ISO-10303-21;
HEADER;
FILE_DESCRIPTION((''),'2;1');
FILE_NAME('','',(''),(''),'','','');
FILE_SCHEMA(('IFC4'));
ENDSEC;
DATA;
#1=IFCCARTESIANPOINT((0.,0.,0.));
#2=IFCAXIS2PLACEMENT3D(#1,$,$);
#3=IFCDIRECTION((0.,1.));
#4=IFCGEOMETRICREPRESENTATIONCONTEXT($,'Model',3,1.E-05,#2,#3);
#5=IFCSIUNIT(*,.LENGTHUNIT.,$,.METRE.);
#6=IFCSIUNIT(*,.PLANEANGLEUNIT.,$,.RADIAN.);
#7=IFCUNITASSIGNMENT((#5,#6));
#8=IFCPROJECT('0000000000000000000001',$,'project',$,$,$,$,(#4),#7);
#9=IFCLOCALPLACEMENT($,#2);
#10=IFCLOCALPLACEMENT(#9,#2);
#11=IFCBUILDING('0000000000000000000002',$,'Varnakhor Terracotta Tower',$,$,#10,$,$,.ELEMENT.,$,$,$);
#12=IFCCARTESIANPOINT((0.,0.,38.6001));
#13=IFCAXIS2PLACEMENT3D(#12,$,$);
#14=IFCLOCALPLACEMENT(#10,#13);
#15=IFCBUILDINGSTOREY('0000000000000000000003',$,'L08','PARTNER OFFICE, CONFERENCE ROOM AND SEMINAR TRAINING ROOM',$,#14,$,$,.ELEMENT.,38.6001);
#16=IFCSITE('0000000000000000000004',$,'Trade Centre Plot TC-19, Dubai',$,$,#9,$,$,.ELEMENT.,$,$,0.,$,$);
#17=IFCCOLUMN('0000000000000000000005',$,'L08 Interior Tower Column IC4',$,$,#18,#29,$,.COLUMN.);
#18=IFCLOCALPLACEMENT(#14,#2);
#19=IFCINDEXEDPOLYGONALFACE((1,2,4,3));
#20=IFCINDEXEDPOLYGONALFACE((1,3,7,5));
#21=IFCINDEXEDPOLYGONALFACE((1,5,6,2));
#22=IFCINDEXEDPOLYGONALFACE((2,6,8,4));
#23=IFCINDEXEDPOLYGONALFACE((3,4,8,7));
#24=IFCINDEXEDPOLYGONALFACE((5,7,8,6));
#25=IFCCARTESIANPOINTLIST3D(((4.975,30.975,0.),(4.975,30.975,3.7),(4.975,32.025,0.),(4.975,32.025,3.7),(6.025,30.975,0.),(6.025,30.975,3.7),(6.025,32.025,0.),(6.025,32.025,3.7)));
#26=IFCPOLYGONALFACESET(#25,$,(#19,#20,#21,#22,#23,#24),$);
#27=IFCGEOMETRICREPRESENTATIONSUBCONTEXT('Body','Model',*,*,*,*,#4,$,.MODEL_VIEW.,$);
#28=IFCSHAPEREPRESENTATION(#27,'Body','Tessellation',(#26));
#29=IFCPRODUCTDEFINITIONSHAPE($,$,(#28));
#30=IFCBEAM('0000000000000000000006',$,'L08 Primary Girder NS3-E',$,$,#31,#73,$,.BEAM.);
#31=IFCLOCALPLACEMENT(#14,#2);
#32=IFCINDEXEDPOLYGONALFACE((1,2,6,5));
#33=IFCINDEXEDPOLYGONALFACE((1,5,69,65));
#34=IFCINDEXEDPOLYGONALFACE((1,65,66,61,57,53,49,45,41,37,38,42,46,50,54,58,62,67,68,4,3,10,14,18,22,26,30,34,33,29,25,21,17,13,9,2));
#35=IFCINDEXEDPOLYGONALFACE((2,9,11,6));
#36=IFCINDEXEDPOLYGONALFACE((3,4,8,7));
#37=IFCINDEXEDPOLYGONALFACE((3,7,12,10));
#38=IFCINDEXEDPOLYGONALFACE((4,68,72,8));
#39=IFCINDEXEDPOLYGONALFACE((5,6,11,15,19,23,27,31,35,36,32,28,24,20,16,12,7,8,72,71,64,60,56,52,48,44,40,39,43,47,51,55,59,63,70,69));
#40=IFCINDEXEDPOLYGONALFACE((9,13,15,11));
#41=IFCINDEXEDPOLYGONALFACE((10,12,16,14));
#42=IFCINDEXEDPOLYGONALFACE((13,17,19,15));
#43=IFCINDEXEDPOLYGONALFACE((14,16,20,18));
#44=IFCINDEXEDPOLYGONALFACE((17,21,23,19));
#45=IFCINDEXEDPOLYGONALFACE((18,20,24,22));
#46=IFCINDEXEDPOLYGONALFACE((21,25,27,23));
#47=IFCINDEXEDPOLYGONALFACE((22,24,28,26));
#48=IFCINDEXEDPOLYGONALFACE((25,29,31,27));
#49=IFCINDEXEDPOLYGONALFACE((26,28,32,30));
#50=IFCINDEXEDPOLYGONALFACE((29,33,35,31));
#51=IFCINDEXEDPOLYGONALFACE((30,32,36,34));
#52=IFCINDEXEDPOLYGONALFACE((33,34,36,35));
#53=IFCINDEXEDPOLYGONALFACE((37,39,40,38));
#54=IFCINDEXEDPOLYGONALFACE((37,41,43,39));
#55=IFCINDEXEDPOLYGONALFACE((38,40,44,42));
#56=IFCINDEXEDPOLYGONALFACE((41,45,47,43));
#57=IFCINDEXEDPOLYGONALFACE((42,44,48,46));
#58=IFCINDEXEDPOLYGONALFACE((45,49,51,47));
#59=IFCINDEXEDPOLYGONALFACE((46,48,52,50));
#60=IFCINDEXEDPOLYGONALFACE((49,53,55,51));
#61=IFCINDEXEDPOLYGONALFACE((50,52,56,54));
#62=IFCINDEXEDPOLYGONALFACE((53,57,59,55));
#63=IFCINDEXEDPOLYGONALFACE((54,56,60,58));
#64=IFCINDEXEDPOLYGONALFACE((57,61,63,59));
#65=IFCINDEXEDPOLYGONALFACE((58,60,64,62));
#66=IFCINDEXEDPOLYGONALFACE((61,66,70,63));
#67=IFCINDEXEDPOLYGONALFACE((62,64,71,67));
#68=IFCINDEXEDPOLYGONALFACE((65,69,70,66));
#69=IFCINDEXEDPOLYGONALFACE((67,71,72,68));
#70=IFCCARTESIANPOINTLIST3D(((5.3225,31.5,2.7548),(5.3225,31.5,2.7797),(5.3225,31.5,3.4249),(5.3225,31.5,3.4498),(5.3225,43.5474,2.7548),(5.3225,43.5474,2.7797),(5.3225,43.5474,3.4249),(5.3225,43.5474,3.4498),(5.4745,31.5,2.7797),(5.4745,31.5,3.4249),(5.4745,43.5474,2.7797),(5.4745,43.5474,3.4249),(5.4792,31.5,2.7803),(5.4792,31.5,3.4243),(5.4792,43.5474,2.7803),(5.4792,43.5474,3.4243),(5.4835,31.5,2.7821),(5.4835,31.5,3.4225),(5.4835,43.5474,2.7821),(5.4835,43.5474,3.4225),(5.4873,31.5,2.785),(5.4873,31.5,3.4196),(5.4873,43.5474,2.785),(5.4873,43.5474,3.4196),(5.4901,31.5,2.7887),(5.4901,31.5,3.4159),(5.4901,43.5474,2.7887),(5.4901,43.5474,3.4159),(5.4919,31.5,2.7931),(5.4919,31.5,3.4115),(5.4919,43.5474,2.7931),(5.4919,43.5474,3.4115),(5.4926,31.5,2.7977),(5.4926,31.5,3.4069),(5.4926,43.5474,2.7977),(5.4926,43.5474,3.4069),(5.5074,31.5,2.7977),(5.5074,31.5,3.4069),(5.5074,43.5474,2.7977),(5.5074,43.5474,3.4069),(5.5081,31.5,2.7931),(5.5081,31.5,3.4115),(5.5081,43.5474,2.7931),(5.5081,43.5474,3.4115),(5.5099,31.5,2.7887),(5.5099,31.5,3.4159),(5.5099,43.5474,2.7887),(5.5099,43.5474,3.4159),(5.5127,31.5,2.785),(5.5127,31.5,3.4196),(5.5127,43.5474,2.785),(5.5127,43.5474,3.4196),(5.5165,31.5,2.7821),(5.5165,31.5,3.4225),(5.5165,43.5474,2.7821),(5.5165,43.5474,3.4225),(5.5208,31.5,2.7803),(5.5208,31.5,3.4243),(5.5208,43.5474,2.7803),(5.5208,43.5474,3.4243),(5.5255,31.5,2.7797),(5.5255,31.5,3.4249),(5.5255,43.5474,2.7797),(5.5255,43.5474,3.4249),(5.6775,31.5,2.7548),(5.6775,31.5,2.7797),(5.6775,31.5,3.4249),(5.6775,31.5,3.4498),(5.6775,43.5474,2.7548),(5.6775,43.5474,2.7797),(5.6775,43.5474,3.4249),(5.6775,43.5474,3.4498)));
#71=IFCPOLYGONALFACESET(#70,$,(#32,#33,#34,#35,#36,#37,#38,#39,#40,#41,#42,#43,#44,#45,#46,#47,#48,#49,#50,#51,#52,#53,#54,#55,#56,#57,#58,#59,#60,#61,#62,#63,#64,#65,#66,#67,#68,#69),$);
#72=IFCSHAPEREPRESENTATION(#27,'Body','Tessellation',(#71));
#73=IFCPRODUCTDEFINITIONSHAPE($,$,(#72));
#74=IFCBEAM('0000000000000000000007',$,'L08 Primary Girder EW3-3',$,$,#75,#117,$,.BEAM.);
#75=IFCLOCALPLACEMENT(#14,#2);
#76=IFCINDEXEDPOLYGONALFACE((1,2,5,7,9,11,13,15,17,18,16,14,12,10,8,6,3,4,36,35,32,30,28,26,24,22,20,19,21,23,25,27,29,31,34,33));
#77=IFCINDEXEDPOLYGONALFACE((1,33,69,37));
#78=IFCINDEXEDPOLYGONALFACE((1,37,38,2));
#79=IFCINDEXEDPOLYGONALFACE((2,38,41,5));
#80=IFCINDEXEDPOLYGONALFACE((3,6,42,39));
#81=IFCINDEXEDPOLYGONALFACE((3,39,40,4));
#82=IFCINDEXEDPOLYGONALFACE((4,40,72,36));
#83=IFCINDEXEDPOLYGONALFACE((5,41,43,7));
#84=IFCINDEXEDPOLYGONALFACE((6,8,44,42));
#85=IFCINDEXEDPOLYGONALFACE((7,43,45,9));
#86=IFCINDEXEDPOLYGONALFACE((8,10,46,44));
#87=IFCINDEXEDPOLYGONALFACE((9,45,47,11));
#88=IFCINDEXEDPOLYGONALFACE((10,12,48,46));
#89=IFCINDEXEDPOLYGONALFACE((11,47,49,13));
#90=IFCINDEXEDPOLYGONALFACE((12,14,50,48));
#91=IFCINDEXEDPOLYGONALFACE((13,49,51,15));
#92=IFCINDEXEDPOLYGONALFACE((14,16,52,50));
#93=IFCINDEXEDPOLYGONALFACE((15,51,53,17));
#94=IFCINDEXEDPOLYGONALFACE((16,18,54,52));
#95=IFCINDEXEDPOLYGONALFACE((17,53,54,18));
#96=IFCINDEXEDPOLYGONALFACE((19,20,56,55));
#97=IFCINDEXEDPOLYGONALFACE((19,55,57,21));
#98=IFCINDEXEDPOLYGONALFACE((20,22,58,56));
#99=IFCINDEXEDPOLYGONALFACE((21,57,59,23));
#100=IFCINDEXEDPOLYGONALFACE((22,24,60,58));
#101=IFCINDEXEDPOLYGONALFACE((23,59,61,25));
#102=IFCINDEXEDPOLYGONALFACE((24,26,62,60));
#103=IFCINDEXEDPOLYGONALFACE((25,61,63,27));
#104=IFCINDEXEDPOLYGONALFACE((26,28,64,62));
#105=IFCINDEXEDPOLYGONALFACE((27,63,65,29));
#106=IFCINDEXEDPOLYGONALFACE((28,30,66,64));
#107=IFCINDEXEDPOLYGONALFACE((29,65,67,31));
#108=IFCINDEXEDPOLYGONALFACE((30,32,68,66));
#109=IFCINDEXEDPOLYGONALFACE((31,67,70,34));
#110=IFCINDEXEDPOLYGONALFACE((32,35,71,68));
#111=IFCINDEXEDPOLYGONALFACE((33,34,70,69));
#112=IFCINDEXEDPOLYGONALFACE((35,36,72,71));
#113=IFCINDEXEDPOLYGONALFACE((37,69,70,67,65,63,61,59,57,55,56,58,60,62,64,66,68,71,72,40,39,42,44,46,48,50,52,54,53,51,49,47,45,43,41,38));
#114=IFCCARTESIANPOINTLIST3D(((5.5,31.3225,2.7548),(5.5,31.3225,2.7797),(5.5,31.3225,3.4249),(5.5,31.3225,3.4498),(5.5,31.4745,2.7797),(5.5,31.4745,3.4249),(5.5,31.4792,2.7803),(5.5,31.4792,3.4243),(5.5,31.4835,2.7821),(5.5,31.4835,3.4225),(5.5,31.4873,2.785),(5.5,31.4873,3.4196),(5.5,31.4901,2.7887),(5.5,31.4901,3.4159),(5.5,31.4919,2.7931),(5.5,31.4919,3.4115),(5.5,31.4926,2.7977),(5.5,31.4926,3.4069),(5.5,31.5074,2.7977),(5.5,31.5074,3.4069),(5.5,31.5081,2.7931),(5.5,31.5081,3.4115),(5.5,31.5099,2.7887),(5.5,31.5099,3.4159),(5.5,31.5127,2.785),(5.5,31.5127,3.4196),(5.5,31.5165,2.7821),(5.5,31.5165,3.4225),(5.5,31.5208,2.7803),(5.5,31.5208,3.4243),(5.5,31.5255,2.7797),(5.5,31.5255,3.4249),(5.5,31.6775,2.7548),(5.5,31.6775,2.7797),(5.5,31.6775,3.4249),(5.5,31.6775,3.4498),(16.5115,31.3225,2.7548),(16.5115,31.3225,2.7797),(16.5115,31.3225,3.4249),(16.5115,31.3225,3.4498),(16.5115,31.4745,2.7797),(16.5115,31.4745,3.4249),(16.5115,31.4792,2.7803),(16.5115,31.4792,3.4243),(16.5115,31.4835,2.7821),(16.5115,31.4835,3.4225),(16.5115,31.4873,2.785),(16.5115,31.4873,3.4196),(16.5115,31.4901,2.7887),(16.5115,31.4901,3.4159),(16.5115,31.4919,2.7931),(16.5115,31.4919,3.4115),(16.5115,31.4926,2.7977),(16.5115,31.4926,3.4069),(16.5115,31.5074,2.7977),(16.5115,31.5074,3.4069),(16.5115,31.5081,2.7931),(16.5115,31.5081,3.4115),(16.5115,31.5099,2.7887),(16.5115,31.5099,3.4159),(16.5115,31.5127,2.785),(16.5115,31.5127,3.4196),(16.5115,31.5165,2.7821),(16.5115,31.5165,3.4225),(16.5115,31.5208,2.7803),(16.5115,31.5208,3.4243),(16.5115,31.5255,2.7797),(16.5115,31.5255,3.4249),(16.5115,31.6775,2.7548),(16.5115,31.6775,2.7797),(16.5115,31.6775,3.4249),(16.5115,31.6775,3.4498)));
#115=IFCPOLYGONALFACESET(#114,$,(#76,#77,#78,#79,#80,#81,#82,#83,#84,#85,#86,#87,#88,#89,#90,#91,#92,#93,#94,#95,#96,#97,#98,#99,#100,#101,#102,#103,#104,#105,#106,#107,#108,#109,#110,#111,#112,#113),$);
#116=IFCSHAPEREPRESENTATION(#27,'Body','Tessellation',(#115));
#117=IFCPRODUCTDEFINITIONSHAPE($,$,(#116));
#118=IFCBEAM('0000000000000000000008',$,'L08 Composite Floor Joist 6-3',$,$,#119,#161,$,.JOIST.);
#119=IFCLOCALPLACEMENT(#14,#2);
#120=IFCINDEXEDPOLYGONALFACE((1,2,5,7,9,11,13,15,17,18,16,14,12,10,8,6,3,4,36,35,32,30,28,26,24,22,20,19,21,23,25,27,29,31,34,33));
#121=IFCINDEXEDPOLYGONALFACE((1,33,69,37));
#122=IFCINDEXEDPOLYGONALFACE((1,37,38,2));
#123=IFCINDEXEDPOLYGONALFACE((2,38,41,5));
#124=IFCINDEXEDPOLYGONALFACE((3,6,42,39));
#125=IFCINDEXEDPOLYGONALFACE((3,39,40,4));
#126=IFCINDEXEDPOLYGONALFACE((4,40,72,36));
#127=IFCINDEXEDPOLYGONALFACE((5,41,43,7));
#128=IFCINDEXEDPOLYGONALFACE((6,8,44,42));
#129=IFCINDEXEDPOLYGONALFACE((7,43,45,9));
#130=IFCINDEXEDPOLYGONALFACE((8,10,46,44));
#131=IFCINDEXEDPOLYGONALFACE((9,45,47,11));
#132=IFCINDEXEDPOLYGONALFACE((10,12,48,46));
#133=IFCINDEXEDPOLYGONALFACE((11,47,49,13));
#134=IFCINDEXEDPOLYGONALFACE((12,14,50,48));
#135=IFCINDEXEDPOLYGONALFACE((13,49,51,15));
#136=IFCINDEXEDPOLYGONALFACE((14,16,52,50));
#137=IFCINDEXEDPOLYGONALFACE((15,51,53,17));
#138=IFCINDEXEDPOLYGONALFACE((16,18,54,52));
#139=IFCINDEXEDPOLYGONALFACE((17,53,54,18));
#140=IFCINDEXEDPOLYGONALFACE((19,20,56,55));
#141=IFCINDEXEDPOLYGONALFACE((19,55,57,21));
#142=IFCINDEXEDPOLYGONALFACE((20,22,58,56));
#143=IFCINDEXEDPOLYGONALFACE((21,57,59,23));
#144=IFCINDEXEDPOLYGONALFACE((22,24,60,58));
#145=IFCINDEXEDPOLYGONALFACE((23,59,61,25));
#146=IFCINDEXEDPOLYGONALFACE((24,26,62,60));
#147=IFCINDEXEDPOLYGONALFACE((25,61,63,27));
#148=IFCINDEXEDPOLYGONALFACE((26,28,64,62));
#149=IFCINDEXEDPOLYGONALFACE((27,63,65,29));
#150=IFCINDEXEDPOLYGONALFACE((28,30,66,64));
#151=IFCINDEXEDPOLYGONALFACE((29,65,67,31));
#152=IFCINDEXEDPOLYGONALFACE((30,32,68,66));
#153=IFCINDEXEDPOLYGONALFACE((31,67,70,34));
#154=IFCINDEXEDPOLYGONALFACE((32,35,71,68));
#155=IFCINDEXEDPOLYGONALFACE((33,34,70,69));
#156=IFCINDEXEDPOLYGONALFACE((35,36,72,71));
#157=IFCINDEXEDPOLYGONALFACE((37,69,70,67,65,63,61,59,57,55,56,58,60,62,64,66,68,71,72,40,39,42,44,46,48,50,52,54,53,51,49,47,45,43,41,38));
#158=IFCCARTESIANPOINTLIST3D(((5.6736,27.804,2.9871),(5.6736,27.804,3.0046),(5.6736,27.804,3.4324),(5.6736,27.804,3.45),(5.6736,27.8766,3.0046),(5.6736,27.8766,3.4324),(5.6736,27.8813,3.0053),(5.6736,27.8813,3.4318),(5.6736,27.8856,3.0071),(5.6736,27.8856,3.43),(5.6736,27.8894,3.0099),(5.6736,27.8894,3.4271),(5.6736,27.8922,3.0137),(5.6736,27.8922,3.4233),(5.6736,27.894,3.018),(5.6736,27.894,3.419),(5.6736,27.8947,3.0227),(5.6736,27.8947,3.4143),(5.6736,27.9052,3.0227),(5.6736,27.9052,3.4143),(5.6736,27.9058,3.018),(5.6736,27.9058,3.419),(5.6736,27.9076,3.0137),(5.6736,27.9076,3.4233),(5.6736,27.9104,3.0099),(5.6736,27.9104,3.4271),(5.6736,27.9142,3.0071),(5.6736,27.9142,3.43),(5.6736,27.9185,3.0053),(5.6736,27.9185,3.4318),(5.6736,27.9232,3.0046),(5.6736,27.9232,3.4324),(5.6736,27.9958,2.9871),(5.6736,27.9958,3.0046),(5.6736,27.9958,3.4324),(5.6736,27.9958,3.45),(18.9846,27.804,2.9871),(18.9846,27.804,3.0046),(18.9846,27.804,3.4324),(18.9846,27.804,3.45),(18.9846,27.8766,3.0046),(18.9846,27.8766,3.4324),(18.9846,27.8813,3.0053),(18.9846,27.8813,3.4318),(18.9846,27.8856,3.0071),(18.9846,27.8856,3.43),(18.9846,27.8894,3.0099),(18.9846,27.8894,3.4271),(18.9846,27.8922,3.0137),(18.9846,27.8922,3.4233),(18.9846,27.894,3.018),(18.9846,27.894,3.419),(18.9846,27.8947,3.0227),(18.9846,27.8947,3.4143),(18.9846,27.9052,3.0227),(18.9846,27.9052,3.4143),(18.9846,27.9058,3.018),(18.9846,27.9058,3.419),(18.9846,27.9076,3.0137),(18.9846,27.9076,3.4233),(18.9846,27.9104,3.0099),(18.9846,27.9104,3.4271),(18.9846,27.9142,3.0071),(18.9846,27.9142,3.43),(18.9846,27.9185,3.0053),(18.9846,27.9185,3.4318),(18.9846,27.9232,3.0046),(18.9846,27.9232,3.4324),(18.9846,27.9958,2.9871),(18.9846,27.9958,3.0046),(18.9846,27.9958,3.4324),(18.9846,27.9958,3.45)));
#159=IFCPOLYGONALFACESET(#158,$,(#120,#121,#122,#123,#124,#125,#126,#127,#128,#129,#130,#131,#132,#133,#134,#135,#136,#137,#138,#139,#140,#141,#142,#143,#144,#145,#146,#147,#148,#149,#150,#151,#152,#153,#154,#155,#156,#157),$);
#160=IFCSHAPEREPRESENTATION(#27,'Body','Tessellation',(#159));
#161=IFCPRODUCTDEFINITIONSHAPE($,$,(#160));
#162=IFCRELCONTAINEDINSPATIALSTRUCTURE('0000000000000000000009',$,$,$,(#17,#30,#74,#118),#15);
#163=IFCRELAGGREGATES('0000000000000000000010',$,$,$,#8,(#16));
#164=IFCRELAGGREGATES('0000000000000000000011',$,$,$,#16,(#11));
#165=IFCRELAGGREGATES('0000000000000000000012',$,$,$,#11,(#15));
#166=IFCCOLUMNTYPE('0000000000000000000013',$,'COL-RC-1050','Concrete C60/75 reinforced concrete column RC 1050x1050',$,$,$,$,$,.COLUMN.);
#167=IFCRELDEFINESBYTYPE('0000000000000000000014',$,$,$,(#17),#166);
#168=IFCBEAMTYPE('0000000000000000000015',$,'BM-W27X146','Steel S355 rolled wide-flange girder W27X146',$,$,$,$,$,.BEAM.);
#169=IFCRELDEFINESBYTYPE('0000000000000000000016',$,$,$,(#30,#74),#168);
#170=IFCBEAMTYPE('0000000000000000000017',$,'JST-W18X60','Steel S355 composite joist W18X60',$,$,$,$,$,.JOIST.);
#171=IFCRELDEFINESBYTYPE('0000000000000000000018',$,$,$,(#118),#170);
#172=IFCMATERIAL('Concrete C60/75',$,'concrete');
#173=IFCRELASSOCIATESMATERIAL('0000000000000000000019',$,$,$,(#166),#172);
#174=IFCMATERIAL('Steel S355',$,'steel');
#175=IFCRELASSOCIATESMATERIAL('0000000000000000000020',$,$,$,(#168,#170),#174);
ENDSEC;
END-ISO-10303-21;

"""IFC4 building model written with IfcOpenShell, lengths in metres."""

from ifc_helpers import new_model, si_unit, direction, frame, origin, origin_2d, place, context, subcontext, project, spatial, rectangle, i_section, extrude, source, transform, mapped, material, material_profile, profile_set, type_object, element, save


model = new_model("IFC4")

# Units and contexts
model_context = context("Model", 3, precision=1e-05, world=origin(), true_north=direction((0.0, 1.0)))
body_context = subcontext(model_context, "Body", "Model", "MODEL_VIEW")
ifc_project = project(units=[si_unit("LENGTHUNIT", "METRE"), si_unit("PLANEANGLEUNIT", "RADIAN")], contexts=[model_context])

# Site, building, storey
site_placement = place(None, origin())
site = spatial("IfcSite", under=ifc_project, at=site_placement, Name="Trade Centre Plot TC-19, Dubai", CompositionType="ELEMENT", RefElevation=0.0)
building_placement = place(site_placement, origin())
building = spatial("IfcBuilding", under=site, at=building_placement, Name="Varnakhor Terracotta Tower", CompositionType="ELEMENT")
storey_placement = place(building_placement, frame((0.0, 0.0, 38.6001)))
storey = spatial("IfcBuildingStorey", under=building, at=storey_placement, Name="L08", Description="PARTNER OFFICE, CONFERENCE ROOM AND SEMINAR TRAINING ROOM", CompositionType="ELEMENT", Elevation=38.6001)

# Column
ifc_material_1 = material(Name="Concrete C60/75", Category="concrete")
ifc_material_profile_1 = material_profile(ifc_material_1, rectangle(XDim=1.05, YDim=1.05, at=origin_2d()), Name="RC 1050x1050")
ifc_profile_set_1 = profile_set([ifc_material_profile_1], Name="Concrete C60/75")
column_type = type_object("IfcColumnType", Name="COL-RC-1050", Description="Concrete C60/75 reinforced concrete column RC 1050x1050", PredefinedType="COLUMN", material=ifc_profile_set_1)
shared_shape_1 = source(origin(), body_context, "Body", "SweptSolid", [
    extrude(rectangle(XDim=1.05, YDim=1.05, at=origin_2d()), origin(), (0.0, 0.0, 1.0), 3.7),
])
column_placement = place(storey_placement, frame((5.5, 31.5, 0.0), z_axis=(0.0, 0.0, 1.0), x_axis=(1.0, 0.0, 0.0)))
element("IfcColumn", 1, at=column_placement, inside=storey, type_object=column_type, Name="L08 Interior Tower Column IC4", PredefinedType="COLUMN", context=body_context, shape_type="MappedRepresentation", body=[
    mapped(shared_shape_1, transform((0.0, 0.0, 0.0), scale=1.0)),
])

# Beams
ifc_material_2 = material(Name="Steel S355", Category="steel")
ifc_material_profile_2 = material_profile(ifc_material_2, i_section(OverallWidth=0.355, OverallDepth=0.6951, WebThickness=0.0149, FlangeThickness=0.0249, FilletRadius=0.0181, at=origin_2d()), Name="W27X146")
ifc_profile_set_2 = profile_set([ifc_material_profile_2], Name="Steel S355")
beam_type_1 = type_object("IfcBeamType", Name="BM-W27X146", Description="Steel S355 rolled wide-flange girder W27X146", PredefinedType="BEAM", material=ifc_profile_set_2)
shared_shape_2 = source(origin(), body_context, "Body", "SweptSolid", [
    extrude(i_section(OverallWidth=0.355, OverallDepth=0.6951, WebThickness=0.0149, FlangeThickness=0.0249, FilletRadius=0.0181, at=origin_2d()), origin(), (0.0, 0.0, 1.0), 12.0474),
])
beam_1_placement = place(storey_placement, frame((5.5, 31.5, 3.1023), z_axis=(0.0, 1.0, 0.0), x_axis=(-1.0, 0.0, 0.0)))
element("IfcBeam", 2, at=beam_1_placement, inside=storey, type_object=beam_type_1, Name="L08 Primary Girder NS3-E", PredefinedType="BEAM", context=body_context, shape_type="MappedRepresentation", body=[
    mapped(shared_shape_2, transform((0.0, 0.0, 0.0), scale=1.0)),
])
shared_shape_3 = source(origin(), body_context, "Body", "SweptSolid", [
    extrude(i_section(OverallWidth=0.355, OverallDepth=0.6951, WebThickness=0.0149, FlangeThickness=0.0249, FilletRadius=0.0181, at=origin_2d()), origin(), (0.0, 0.0, 1.0), 11.0115),
])
beam_2_placement = place(storey_placement, frame((5.5, 31.5, 3.1023), z_axis=(1.0, 0.0, 0.0), x_axis=(0.0, 1.0, 0.0)))
element("IfcBeam", 3, at=beam_2_placement, inside=storey, type_object=beam_type_1, Name="L08 Primary Girder EW3-3", PredefinedType="BEAM", context=body_context, shape_type="MappedRepresentation", body=[
    mapped(shared_shape_3, transform((0.0, 0.0, 0.0), scale=1.0)),
])
ifc_material_profile_3 = material_profile(ifc_material_2, i_section(OverallWidth=0.1919, OverallDepth=0.4629, WebThickness=0.0105, FlangeThickness=0.0176, FilletRadius=0.0181, at=origin_2d()), Name="W18X60")
ifc_profile_set_3 = profile_set([ifc_material_profile_3], Name="Steel S355")
beam_type_2 = type_object("IfcBeamType", Name="JST-W18X60", Description="Steel S355 composite joist W18X60", PredefinedType="JOIST", material=ifc_profile_set_3)
shared_shape_4 = source(origin(), body_context, "Body", "SweptSolid", [
    extrude(i_section(OverallWidth=0.1919, OverallDepth=0.4629, WebThickness=0.0105, FlangeThickness=0.0176, FilletRadius=0.0181, at=origin_2d()), origin(), (0.0, 0.0, 1.0), 13.311),
])
beam_3_placement = place(storey_placement, frame((5.6736, 27.8999, 3.2185), z_axis=(1.0, 0.0, 0.0), x_axis=(0.0, 1.0, 0.0)))
element("IfcBeam", 4, at=beam_3_placement, inside=storey, type_object=beam_type_2, Name="L08 Composite Floor Joist 6-3", PredefinedType="JOIST", context=body_context, shape_type="MappedRepresentation", body=[
    mapped(shared_shape_4, transform((0.0, 0.0, 0.0), scale=1.0)),
])

save(model, "model.ifc")
